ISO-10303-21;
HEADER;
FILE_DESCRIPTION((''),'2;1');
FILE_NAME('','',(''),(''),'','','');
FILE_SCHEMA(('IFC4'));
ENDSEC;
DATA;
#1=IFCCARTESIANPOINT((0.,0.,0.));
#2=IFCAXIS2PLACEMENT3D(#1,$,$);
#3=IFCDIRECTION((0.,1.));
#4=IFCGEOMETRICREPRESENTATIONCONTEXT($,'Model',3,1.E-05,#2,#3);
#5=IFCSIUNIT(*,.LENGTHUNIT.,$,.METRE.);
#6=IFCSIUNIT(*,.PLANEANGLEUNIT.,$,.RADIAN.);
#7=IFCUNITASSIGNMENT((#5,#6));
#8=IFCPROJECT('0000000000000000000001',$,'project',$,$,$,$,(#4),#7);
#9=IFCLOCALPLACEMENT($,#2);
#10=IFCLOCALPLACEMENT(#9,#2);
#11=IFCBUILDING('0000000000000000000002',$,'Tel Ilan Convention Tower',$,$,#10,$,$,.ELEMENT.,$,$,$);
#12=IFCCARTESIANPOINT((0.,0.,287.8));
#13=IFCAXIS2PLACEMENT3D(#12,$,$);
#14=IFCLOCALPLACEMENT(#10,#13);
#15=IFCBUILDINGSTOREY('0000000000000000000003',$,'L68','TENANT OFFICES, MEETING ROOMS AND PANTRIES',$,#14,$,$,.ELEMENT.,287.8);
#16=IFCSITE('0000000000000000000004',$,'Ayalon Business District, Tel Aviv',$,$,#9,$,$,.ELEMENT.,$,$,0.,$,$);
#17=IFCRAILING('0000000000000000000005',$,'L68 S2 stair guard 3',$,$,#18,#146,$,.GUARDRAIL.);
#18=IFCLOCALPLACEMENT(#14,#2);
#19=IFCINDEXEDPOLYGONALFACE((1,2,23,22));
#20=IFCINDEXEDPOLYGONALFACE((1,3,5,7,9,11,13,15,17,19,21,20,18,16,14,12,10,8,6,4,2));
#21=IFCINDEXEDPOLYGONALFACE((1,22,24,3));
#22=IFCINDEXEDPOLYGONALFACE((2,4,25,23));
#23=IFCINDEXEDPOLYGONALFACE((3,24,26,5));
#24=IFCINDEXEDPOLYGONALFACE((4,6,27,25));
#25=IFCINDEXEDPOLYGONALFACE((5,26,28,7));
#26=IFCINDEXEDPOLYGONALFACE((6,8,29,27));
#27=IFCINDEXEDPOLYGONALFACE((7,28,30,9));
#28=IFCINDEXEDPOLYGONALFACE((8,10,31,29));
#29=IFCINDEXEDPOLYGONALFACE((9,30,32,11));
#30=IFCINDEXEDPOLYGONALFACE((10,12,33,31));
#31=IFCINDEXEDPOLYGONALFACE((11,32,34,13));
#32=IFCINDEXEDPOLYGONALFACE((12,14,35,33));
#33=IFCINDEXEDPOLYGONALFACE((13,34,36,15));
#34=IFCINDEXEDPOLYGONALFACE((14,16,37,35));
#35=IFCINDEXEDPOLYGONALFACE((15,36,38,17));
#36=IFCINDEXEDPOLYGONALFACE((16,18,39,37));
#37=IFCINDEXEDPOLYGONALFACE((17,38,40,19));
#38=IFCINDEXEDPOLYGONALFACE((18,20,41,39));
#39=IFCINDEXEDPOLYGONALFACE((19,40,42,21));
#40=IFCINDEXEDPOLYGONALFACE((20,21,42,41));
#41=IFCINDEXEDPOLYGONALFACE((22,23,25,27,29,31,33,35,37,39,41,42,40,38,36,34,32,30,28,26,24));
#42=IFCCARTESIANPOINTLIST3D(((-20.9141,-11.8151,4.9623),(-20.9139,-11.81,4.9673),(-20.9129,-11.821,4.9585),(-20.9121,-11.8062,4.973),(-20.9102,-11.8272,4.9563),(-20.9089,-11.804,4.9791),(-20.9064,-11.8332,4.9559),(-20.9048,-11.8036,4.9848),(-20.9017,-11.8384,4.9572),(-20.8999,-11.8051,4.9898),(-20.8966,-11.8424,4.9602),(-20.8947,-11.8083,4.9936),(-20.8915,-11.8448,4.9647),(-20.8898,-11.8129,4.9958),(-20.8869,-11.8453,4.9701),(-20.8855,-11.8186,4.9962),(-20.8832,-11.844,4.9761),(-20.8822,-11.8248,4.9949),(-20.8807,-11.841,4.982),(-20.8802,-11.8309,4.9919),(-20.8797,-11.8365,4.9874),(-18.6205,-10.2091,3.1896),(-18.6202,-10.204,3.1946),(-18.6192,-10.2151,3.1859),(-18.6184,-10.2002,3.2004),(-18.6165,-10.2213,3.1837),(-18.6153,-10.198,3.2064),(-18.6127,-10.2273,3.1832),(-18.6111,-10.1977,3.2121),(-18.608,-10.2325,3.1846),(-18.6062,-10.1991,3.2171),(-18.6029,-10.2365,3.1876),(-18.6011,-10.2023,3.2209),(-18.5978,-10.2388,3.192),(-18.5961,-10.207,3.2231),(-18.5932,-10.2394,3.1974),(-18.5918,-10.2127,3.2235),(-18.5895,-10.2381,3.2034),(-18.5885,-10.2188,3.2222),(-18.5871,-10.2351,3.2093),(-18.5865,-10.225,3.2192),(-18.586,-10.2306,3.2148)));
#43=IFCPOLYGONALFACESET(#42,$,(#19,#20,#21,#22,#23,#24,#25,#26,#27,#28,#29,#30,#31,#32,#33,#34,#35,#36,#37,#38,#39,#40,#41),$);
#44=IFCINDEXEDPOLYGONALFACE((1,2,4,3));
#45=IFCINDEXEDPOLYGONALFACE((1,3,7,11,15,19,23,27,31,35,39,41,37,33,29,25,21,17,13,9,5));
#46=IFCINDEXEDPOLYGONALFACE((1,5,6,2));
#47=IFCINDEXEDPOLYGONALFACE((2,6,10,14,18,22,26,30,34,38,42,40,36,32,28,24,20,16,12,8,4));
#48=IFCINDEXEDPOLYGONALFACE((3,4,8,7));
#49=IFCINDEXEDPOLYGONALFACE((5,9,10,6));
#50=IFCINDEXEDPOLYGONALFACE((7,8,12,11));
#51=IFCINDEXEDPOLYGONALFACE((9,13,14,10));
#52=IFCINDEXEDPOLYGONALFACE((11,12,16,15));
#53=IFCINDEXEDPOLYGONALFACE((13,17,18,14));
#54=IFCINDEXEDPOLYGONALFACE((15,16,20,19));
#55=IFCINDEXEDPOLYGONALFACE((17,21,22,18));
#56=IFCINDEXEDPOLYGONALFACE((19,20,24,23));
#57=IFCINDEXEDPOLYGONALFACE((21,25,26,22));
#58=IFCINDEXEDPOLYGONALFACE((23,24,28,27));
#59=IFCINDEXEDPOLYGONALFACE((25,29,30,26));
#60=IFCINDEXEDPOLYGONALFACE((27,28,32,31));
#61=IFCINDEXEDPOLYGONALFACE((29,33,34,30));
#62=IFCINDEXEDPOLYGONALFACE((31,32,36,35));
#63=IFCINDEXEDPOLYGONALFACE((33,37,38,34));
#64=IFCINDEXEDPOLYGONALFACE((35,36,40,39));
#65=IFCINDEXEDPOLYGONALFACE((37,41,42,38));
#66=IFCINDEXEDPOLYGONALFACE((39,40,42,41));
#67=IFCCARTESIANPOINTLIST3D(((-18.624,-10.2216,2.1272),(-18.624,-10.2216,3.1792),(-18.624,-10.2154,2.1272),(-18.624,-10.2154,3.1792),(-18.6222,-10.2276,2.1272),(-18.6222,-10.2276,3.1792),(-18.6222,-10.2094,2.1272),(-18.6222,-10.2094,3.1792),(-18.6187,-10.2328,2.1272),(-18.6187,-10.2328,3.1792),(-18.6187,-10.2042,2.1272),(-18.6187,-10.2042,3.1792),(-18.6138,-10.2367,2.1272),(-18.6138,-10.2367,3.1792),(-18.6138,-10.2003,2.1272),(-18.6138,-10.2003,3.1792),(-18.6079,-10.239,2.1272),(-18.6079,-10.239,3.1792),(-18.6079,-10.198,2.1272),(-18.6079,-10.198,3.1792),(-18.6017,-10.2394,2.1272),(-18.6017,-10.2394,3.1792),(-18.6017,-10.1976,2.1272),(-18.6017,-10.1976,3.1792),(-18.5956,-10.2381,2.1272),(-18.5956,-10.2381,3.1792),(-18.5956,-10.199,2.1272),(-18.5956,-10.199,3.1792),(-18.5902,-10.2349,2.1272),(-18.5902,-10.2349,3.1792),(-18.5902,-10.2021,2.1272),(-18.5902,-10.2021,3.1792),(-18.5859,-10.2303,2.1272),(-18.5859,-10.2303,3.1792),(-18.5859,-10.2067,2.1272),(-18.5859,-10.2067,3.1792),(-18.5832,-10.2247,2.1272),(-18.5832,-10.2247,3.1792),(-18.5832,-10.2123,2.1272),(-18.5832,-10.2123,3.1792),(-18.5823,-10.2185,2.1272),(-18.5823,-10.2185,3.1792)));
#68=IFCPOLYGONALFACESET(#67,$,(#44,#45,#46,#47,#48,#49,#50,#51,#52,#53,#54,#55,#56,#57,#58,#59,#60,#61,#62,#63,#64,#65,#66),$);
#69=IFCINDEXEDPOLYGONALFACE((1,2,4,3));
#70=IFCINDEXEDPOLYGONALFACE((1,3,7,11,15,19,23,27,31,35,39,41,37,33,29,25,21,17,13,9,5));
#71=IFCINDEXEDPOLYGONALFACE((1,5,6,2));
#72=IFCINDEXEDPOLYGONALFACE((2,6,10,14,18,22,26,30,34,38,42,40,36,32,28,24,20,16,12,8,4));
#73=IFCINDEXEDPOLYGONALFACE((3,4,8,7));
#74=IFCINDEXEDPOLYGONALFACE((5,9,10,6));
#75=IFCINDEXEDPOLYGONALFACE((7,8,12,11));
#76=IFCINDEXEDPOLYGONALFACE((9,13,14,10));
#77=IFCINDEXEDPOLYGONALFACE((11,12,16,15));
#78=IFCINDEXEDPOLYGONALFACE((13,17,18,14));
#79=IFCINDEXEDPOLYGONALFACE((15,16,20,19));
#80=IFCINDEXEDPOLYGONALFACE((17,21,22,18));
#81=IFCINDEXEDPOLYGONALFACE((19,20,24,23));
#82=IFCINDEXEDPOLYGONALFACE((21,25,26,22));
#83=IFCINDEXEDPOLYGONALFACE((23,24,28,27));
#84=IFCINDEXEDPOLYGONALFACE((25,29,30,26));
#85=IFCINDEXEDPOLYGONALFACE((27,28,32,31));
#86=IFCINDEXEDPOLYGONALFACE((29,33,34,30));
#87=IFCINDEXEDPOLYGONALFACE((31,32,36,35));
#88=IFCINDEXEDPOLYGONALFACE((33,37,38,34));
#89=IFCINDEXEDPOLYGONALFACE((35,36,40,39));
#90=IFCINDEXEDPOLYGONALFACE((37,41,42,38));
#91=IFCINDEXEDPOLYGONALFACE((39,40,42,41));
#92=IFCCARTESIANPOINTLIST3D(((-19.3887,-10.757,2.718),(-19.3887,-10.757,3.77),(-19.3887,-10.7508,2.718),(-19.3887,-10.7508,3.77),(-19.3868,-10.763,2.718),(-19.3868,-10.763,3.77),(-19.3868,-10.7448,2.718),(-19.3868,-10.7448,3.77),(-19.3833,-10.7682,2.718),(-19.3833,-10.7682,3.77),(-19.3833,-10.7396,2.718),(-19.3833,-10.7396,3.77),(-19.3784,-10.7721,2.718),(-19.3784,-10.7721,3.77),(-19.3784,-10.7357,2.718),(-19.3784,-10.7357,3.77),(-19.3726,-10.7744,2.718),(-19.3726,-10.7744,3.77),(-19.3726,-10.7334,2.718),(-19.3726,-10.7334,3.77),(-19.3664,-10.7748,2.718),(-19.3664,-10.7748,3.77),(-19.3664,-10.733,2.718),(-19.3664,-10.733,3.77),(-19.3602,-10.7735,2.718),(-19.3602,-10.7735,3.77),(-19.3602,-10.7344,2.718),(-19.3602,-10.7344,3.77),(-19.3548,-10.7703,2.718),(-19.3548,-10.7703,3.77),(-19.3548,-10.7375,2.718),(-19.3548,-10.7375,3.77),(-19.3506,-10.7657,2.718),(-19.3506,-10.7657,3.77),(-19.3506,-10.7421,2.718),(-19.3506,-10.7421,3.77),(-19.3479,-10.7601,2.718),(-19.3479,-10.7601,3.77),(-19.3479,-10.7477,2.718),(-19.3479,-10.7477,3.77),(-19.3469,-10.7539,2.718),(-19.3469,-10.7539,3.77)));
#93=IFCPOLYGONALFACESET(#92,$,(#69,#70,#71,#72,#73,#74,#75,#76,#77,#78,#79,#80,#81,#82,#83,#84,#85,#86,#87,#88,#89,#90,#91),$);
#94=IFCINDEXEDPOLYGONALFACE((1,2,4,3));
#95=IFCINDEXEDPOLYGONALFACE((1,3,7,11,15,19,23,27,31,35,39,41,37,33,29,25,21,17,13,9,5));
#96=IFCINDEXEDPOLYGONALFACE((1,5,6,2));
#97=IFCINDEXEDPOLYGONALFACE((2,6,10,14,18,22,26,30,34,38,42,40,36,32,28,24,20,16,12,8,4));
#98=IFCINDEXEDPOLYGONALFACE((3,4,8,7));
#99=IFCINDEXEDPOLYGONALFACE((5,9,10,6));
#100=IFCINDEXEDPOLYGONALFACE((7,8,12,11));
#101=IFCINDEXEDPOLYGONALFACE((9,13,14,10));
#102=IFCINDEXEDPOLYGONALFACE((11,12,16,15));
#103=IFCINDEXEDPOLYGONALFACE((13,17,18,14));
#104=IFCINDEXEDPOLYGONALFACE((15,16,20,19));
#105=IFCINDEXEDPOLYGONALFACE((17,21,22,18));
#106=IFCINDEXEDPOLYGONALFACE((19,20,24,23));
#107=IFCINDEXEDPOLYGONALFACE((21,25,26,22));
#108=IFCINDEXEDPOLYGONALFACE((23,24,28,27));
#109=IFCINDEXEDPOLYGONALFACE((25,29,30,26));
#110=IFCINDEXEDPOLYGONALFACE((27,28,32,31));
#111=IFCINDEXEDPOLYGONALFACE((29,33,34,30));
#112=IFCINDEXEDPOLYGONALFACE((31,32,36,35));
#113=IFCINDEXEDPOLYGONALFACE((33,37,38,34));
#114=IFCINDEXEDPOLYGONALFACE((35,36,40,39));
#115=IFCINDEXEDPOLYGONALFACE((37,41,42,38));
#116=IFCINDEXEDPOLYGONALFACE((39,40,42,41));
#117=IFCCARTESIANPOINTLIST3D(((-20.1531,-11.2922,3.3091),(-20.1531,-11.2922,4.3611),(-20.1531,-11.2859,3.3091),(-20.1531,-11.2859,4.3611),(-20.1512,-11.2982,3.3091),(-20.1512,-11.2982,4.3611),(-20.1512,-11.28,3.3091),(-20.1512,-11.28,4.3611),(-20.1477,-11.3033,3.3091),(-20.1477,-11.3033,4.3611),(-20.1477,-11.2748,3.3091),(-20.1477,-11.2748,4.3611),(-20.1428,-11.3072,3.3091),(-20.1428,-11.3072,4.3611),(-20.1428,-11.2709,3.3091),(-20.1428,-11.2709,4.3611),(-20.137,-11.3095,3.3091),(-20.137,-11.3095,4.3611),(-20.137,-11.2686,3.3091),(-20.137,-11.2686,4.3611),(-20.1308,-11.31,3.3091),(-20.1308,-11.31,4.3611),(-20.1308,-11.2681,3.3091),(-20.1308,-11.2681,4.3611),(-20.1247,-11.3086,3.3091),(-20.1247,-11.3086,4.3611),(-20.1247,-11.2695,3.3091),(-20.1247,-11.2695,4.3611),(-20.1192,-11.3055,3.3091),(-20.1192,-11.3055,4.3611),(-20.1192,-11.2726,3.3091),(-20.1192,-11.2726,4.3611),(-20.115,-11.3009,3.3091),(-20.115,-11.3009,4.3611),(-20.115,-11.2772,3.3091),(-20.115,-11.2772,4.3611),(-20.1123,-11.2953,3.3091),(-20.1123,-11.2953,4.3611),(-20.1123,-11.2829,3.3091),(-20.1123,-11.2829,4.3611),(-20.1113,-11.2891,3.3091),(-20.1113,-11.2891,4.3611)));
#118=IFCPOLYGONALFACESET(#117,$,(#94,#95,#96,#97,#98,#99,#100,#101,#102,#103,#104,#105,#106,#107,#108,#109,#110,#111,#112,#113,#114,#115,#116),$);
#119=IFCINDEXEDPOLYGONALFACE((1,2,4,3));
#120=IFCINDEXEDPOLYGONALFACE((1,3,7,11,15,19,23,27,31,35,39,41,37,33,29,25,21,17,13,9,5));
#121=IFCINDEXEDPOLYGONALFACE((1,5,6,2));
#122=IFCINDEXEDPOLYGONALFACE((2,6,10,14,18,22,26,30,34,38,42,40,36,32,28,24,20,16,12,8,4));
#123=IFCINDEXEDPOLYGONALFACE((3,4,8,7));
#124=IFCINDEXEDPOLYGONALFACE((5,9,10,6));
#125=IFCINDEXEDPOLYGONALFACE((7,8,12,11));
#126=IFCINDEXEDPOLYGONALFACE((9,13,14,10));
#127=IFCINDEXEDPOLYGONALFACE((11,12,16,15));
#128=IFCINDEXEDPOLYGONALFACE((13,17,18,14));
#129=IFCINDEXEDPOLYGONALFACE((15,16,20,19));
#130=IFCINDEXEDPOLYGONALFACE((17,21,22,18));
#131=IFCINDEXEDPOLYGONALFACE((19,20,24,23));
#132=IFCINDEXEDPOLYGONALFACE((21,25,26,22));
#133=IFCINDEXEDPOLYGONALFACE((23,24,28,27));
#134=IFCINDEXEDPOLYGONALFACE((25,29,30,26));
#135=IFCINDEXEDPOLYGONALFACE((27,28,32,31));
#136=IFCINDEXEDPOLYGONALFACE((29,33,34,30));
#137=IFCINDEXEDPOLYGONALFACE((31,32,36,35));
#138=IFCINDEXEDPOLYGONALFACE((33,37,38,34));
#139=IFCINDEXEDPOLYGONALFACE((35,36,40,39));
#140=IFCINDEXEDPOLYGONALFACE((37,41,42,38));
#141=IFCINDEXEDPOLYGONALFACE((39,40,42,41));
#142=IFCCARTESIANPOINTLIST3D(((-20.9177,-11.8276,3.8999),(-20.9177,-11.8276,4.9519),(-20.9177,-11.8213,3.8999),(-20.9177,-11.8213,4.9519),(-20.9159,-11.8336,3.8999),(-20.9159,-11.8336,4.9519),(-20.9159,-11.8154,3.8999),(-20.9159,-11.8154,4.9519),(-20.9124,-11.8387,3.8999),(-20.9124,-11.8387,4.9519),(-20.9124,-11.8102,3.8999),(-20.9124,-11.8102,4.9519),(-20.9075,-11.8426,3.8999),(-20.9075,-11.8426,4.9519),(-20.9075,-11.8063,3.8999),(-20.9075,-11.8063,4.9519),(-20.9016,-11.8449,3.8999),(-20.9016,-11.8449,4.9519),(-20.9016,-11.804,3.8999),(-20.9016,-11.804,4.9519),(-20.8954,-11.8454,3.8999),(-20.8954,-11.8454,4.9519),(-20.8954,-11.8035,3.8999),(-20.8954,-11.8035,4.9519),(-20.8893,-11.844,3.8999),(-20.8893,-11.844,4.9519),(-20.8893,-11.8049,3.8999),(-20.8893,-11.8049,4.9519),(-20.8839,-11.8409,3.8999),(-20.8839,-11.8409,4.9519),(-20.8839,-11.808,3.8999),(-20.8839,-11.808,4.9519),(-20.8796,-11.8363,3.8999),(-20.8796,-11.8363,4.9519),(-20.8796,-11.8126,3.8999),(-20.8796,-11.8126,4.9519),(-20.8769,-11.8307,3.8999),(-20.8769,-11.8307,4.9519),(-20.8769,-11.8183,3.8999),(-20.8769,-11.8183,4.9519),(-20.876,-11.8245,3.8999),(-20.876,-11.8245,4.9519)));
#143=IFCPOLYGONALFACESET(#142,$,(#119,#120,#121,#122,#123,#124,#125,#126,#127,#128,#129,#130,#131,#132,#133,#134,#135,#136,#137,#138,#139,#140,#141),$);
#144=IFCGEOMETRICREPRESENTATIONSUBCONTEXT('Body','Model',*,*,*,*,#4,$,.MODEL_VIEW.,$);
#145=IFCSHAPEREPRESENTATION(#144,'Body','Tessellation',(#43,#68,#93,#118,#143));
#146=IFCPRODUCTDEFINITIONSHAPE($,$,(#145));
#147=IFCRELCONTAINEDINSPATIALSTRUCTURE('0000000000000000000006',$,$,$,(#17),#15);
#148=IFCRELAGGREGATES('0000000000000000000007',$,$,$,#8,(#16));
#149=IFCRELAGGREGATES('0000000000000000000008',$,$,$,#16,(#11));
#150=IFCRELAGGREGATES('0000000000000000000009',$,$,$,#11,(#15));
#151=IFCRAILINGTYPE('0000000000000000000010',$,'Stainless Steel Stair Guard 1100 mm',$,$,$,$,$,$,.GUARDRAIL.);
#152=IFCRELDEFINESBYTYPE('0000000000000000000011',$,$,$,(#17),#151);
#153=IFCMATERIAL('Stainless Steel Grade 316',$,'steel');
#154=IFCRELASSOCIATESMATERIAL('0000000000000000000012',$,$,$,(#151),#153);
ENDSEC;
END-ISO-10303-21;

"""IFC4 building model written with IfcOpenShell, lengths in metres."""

from ifc_helpers import new_model, si_unit, direction, frame, origin, origin_2d, place, context, subcontext, project, spatial, circle, extrude, material, type_object, element, save


model = new_model("IFC4")

# Units and contexts
model_context = context("Model", 3, precision=1e-05, world=origin(), true_north=direction((0.0, 1.0)))
body_context = subcontext(model_context, "Body", "Model", "MODEL_VIEW")
ifc_project = project(units=[si_unit("LENGTHUNIT", "METRE"), si_unit("PLANEANGLEUNIT", "RADIAN")], contexts=[model_context])

# Site, building, storey
site_placement = place(None, origin())
site = spatial("IfcSite", under=ifc_project, at=site_placement, Name="Ayalon Business District, Tel Aviv", CompositionType="ELEMENT", RefElevation=0.0)
building_placement = place(site_placement, origin())
building = spatial("IfcBuilding", under=site, at=building_placement, Name="Tel Ilan Convention Tower", CompositionType="ELEMENT")
storey_placement = place(building_placement, frame((0.0, 0.0, 287.8)))
storey = spatial("IfcBuildingStorey", under=building, at=storey_placement, Name="L68", Description="TENANT OFFICES, MEETING ROOMS AND PANTRIES", CompositionType="ELEMENT", Elevation=287.8)

# Railing
ifc_material_1 = material(Name="Stainless Steel Grade 316", Category="steel")
railing_type_1 = type_object("IfcRailingType", Name="Stainless Steel Stair Guard 1100 mm", PredefinedType="GUARDRAIL", material=ifc_material_1)
railing_1_placement = place(storey_placement, frame((-18.6033, -10.2185, 2.1272)))
element("IfcRailing", 1, at=railing_1_placement, inside=storey, type_object=railing_type_1, Name="L68 S2 stair guard 3", PredefinedType="GUARDRAIL", context=body_context, shape_type="SweptSolid", body=[
    extrude(circle(Radius=0.0239, at=origin_2d()), frame((0.0, 0.0, 1.0762), z_axis=(-0.692123, -0.484597, 0.534913), x_axis=(0.57355, -0.81917, 0.0)), (0.0, 0.0, 1.0), 3.314),
    extrude(circle(Radius=0.021, at=origin_2d()), origin(), (0.0, 0.0, 1.0), 1.052),
    extrude(circle(Radius=0.021, at=origin_2d()), frame((-0.7646, -0.5354, 0.5908)), (0.0, 0.0, 1.0), 1.052),
    extrude(circle(Radius=0.021, at=origin_2d()), frame((-1.5291, -1.0706, 1.1819)), (0.0, 0.0, 1.0), 1.052),
    extrude(circle(Radius=0.021, at=origin_2d()), frame((-2.2937, -1.606, 1.7727)), (0.0, 0.0, 1.0), 1.052),
])

save(model, "model.ifc")
